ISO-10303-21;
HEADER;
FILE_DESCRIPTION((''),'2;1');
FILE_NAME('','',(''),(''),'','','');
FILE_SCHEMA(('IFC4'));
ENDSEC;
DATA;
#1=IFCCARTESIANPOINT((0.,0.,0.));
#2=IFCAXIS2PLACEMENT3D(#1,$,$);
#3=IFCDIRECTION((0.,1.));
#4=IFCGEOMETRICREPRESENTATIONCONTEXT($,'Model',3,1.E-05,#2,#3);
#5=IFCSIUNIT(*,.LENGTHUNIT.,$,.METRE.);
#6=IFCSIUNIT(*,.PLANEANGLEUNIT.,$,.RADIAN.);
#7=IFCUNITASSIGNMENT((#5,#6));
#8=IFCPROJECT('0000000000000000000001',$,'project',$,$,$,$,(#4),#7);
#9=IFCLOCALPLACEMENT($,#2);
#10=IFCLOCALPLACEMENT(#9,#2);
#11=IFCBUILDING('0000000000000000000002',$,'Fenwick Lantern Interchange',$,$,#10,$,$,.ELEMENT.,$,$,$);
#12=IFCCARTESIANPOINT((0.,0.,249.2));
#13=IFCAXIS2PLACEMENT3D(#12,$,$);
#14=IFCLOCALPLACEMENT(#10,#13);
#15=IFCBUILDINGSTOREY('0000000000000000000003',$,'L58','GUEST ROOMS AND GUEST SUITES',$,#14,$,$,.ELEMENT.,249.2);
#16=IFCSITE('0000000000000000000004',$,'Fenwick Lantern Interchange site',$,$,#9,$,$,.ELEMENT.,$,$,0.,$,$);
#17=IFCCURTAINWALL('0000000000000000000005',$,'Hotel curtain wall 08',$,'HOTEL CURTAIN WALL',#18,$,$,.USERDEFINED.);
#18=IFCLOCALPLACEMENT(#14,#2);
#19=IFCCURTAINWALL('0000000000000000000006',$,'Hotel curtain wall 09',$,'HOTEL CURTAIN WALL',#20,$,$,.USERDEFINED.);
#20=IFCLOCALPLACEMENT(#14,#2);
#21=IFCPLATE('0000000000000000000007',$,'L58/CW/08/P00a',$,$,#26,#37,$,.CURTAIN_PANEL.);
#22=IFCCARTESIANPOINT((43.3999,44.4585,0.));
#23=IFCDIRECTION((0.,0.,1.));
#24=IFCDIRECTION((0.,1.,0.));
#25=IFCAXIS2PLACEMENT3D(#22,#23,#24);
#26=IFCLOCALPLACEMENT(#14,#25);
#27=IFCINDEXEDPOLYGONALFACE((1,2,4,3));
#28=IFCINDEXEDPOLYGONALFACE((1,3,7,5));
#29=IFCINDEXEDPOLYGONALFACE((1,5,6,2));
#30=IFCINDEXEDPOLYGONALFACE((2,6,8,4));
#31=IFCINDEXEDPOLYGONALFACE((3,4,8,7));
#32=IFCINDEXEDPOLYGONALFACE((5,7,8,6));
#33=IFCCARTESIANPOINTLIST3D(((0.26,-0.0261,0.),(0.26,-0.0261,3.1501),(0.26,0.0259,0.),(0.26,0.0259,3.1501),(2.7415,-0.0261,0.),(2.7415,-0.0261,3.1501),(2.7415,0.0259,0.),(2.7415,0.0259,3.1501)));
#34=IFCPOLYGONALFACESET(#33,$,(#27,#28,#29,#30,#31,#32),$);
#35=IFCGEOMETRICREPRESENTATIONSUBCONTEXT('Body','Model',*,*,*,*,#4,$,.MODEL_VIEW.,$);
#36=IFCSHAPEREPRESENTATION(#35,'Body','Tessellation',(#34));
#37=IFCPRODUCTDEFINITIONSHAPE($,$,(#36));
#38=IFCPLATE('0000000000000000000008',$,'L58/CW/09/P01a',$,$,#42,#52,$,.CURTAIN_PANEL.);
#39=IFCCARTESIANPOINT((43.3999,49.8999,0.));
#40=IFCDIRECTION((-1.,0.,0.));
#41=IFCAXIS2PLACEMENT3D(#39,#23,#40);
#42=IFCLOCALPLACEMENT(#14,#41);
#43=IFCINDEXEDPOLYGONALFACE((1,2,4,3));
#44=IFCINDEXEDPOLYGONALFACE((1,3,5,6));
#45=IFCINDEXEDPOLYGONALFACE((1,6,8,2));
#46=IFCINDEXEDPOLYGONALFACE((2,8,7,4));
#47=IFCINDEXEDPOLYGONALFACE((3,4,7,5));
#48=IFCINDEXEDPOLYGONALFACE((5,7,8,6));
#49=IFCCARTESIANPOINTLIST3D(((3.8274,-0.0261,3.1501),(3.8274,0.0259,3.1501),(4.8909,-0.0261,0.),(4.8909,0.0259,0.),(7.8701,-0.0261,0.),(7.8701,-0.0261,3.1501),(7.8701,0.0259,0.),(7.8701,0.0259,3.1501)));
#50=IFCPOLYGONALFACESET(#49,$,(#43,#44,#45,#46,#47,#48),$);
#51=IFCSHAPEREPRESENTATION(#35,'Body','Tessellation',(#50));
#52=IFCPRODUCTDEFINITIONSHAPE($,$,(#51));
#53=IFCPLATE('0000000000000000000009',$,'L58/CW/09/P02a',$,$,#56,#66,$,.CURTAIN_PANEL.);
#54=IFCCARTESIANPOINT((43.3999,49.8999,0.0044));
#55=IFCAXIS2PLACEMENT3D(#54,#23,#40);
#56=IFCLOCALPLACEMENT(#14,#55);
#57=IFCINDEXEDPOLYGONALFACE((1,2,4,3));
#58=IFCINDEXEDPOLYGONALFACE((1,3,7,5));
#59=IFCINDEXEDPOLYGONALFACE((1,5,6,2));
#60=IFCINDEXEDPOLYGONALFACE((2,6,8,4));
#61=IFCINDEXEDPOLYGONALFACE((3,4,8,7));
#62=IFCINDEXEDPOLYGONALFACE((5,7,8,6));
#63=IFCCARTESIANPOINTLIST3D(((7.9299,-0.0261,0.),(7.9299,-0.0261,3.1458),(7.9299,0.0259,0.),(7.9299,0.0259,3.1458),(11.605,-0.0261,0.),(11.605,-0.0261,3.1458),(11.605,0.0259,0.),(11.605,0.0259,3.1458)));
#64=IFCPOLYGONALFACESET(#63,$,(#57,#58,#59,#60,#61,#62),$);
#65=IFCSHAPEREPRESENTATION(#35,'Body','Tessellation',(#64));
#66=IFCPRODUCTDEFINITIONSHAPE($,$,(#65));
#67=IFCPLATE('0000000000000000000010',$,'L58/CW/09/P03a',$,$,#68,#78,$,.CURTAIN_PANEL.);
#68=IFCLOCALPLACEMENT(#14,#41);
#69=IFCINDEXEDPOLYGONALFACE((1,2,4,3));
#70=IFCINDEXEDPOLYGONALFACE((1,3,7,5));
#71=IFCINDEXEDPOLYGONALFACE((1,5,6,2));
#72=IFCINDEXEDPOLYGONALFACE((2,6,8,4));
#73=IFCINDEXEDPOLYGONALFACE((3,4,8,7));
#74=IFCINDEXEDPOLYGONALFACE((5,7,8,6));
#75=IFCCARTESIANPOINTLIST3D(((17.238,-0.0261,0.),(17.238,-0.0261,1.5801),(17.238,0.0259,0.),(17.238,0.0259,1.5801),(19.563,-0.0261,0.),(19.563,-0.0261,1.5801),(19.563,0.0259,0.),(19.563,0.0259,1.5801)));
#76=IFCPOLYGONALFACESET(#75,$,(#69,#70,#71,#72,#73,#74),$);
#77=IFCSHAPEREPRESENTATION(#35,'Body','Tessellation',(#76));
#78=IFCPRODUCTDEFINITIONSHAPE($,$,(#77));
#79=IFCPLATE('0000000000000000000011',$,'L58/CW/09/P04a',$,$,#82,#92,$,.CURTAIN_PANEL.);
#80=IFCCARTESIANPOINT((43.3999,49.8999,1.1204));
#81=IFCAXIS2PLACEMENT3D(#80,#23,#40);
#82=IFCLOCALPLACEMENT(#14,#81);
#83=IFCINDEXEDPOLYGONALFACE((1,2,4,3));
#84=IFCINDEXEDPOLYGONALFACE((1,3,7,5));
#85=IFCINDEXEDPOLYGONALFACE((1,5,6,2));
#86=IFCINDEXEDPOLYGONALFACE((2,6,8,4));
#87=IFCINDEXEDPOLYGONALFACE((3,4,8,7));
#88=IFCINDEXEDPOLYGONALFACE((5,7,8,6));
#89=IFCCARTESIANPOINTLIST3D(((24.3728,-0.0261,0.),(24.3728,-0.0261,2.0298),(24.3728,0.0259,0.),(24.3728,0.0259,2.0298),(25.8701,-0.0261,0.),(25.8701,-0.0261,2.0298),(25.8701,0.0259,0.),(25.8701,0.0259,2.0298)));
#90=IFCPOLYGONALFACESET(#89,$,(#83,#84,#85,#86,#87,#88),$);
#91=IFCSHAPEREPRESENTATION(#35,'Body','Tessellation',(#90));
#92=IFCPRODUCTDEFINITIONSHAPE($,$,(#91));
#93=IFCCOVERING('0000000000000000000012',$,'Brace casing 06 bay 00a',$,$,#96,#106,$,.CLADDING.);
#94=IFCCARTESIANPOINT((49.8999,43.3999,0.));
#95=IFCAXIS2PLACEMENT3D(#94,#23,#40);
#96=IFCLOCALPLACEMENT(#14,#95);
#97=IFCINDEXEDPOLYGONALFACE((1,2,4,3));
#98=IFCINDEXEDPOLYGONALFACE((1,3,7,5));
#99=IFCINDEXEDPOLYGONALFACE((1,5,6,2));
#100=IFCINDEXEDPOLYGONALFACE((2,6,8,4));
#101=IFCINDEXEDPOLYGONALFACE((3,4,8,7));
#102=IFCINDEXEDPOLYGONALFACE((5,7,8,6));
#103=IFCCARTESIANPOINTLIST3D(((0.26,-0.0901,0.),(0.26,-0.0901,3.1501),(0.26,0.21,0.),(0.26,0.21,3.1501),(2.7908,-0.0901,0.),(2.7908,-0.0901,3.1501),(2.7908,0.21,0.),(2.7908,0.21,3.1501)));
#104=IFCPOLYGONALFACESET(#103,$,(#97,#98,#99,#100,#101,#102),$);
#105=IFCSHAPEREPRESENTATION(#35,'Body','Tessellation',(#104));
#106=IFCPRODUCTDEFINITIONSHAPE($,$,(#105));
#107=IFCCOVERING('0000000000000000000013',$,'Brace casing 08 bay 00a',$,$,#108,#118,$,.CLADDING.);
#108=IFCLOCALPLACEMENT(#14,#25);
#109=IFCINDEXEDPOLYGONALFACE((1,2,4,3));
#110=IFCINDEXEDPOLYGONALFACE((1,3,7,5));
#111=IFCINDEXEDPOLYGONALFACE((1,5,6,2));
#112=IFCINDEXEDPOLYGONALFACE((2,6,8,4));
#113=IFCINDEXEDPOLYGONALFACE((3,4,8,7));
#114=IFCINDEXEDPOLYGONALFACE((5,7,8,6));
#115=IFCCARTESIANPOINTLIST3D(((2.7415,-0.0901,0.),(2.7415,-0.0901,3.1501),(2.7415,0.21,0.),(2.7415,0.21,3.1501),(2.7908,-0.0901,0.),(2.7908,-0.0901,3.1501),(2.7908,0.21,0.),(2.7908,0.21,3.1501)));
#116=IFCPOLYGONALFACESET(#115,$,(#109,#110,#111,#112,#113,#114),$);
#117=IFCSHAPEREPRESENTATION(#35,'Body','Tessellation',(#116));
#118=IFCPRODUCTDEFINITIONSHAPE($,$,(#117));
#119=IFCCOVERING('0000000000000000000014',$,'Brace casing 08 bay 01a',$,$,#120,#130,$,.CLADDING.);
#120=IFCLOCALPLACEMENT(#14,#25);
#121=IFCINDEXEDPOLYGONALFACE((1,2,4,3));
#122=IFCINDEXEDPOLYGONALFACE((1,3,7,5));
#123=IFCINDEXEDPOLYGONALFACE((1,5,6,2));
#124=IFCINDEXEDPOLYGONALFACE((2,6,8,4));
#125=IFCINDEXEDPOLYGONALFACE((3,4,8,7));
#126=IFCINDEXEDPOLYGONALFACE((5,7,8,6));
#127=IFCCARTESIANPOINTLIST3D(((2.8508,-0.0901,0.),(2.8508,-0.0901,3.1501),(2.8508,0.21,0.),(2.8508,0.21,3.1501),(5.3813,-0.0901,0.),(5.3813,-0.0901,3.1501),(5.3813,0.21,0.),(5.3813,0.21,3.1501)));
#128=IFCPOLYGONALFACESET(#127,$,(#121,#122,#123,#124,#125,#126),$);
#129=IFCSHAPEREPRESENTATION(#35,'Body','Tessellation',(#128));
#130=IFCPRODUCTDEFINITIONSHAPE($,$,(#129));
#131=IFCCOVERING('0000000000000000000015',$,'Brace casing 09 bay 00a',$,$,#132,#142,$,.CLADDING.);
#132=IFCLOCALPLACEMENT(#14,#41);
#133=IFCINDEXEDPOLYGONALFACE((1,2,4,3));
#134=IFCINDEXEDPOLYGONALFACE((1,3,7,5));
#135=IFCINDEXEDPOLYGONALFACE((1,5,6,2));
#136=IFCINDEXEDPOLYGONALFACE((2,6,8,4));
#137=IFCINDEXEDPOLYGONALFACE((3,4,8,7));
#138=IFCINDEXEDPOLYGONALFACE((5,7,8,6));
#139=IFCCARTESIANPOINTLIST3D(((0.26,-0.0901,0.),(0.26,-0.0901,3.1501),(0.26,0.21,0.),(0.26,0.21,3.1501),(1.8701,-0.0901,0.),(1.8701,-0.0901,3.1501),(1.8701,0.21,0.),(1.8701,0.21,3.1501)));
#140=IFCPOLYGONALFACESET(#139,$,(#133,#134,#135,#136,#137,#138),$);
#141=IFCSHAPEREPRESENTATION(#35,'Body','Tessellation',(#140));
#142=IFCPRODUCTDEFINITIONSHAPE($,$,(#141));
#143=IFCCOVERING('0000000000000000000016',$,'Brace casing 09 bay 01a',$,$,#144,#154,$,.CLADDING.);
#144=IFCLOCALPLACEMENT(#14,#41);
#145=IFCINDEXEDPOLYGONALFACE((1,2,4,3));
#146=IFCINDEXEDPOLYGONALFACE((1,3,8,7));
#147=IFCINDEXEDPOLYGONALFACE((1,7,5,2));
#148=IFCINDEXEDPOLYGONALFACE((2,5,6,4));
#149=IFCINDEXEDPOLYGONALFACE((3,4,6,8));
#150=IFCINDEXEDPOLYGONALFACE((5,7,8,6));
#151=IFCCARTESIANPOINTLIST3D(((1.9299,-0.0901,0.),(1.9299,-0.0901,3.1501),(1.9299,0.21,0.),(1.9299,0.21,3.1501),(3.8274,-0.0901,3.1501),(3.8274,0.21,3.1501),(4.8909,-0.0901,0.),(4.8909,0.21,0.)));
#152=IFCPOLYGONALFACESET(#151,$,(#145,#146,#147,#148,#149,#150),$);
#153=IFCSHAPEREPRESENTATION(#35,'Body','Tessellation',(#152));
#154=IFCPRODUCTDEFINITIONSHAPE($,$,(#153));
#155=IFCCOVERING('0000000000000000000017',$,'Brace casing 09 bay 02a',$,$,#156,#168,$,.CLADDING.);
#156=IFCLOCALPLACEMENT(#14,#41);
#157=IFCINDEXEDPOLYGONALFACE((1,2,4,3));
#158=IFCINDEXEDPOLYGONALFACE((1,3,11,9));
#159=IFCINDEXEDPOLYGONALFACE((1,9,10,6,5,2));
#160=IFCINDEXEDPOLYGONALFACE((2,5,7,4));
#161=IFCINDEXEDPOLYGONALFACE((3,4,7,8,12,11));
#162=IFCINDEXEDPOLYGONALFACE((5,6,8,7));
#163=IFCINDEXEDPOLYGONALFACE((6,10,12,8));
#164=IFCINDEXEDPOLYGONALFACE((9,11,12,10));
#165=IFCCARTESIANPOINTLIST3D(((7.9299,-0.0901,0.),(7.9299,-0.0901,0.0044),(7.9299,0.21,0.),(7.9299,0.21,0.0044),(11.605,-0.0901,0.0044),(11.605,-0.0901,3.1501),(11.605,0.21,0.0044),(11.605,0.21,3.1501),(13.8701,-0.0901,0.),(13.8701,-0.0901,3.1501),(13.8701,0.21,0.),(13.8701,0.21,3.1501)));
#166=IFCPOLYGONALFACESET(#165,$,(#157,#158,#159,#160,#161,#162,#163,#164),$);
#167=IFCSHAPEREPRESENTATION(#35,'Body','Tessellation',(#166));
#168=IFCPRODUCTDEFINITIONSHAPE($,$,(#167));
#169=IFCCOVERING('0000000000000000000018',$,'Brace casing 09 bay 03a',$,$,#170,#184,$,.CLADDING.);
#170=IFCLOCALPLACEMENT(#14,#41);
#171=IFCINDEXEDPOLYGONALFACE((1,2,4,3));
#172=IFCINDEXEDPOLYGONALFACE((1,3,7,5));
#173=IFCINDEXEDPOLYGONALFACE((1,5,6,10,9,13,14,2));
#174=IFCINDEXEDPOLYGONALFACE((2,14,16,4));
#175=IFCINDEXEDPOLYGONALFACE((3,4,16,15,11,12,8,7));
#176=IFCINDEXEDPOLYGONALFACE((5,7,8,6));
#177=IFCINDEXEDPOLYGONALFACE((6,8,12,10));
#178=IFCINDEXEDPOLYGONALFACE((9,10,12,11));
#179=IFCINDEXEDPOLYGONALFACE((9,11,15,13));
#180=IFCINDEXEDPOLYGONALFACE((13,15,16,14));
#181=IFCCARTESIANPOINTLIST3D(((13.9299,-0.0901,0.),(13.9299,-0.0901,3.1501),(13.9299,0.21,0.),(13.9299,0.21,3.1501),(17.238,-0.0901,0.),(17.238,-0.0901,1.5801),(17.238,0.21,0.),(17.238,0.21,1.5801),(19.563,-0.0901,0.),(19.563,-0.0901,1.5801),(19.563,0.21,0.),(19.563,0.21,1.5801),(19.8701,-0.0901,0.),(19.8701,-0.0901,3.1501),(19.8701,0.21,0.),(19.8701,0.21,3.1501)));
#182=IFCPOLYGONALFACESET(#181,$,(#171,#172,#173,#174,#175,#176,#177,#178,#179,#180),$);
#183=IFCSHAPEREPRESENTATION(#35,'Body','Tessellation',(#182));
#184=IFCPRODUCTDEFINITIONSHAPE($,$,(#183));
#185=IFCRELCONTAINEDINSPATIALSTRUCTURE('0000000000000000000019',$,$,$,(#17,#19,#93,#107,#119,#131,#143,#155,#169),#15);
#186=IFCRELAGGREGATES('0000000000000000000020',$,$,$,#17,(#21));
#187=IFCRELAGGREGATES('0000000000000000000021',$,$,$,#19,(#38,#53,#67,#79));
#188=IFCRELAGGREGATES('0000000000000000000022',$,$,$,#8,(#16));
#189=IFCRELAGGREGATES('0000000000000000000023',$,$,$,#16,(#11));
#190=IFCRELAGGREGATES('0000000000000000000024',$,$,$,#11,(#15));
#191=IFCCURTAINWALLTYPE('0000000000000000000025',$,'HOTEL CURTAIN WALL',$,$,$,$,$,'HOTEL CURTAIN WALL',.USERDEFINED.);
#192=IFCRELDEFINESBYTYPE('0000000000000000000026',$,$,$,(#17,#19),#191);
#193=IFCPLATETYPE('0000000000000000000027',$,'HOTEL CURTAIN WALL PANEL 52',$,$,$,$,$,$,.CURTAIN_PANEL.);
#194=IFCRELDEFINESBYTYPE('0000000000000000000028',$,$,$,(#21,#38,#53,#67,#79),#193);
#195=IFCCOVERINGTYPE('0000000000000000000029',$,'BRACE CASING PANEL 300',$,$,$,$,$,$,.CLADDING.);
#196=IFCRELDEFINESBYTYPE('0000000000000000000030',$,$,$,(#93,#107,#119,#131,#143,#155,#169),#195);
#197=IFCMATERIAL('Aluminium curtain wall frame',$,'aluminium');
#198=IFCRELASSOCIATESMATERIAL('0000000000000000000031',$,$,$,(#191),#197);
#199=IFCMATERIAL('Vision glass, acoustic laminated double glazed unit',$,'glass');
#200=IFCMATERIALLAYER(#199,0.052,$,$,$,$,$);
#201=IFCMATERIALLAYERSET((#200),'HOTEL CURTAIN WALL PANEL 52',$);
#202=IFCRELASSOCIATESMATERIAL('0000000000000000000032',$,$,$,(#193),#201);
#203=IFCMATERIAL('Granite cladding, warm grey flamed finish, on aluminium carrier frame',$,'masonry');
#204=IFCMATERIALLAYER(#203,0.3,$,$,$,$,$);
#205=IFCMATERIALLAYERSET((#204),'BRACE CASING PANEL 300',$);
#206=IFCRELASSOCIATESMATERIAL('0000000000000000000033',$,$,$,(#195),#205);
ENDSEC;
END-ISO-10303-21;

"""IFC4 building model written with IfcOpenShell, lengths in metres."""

from ifc_helpers import new_model, si_unit, direction, frame, origin, place, context, subcontext, project, spatial, polyline, outline, extrude, material, layer, layer_set, type_object, element, aggregate, save


model = new_model("IFC4")

# Units and contexts
model_context = context("Model", 3, precision=1e-05, world=origin(), true_north=direction((0.0, 1.0)))
body_context = subcontext(model_context, "Body", "Model", "MODEL_VIEW")
ifc_project = project(units=[si_unit("LENGTHUNIT", "METRE"), si_unit("PLANEANGLEUNIT", "RADIAN")], contexts=[model_context])

# Site, building, storey
site_placement = place(None, origin())
site = spatial("IfcSite", under=ifc_project, at=site_placement, Name="Fenwick Lantern Interchange site", CompositionType="ELEMENT", RefElevation=0.0)
building_placement = place(site_placement, origin())
building = spatial("IfcBuilding", under=site, at=building_placement, Name="Fenwick Lantern Interchange", CompositionType="ELEMENT")
storey_placement = place(building_placement, frame((0.0, 0.0, 249.2)))
storey = spatial("IfcBuildingStorey", under=building, at=storey_placement, Name="L58", Description="GUEST ROOMS AND GUEST SUITES", CompositionType="ELEMENT", Elevation=249.2)

# Curtain walls
ifc_material_1 = material(Name="Aluminium curtain wall frame", Category="aluminium")
curtain_wall_type = type_object("IfcCurtainWallType", Name="HOTEL CURTAIN WALL", ElementType="HOTEL CURTAIN WALL", PredefinedType="USERDEFINED", material=ifc_material_1)
curtain_wall_1_placement = place(storey_placement, origin())
curtain_wall_1 = element("IfcCurtainWall", 1, at=curtain_wall_1_placement, inside=storey, type_object=curtain_wall_type, Name="Hotel curtain wall 08", ObjectType="HOTEL CURTAIN WALL", PredefinedType="USERDEFINED")
curtain_wall_2_placement = place(storey_placement, origin())
curtain_wall_2 = element("IfcCurtainWall", 2, at=curtain_wall_2_placement, inside=storey, type_object=curtain_wall_type, Name="Hotel curtain wall 09", ObjectType="HOTEL CURTAIN WALL", PredefinedType="USERDEFINED")

# Plates
ifc_material_2 = material(Name="Vision glass, acoustic laminated double glazed unit", Category="glass")
ifc_layer_1 = layer(ifc_material_2, 0.052)
ifc_layer_set_1 = layer_set([ifc_layer_1], Name="HOTEL CURTAIN WALL PANEL 52")
plate_type = type_object("IfcPlateType", Name="HOTEL CURTAIN WALL PANEL 52", PredefinedType="CURTAIN_PANEL", material=ifc_layer_set_1)
plate_1_placement = place(storey_placement, frame((43.3999, 44.4585, 0.0), z_axis=(0.0, 0.0, 1.0), x_axis=(0.0, 1.0, 0.0)))
plate_1 = element("IfcPlate", 3, at=plate_1_placement, type_object=plate_type, Name="L58/CW/08/P00a", PredefinedType="CURTAIN_PANEL", context=body_context, shape_type="SweptSolid", body=[
    extrude(outline(polyline([(0.26, 0.0), (2.7415, 0.0), (2.7415, 3.1501), (0.26, 3.1501), (0.26, 0.0)])), frame((0.0, 0.0259, 0.0), z_axis=(0.0, -1.0, 0.0), x_axis=(1.0, 0.0, 0.0)), (0.0, 0.0, 1.0), 0.052),
])
aggregate(curtain_wall_1, [plate_1])
plate_2_placement = place(storey_placement, frame((43.3999, 49.8999, 0.0), z_axis=(0.0, 0.0, 1.0), x_axis=(-1.0, 0.0, 0.0)))
plate_2 = element("IfcPlate", 4, at=plate_2_placement, type_object=plate_type, Name="L58/CW/09/P01a", PredefinedType="CURTAIN_PANEL", context=body_context, shape_type="SweptSolid", body=[
    extrude(outline(polyline([(4.8909, 0.0), (7.8701, 0.0), (7.8701, 3.1501), (3.8274, 3.1501), (4.8909, 0.0)])), frame((0.0, 0.0259, 0.0), z_axis=(0.0, -1.0, 0.0), x_axis=(1.0, 0.0, 0.0)), (0.0, 0.0, 1.0), 0.052),
])
plate_3_placement = place(storey_placement, frame((43.3999, 49.8999, 0.0044), z_axis=(0.0, 0.0, 1.0), x_axis=(-1.0, 0.0, 0.0)))
plate_3 = element("IfcPlate", 5, at=plate_3_placement, type_object=plate_type, Name="L58/CW/09/P02a", PredefinedType="CURTAIN_PANEL", context=body_context, shape_type="SweptSolid", body=[
    extrude(outline(polyline([(7.9299, 0.0), (11.605, 0.0), (11.605, 3.1458), (7.9299, 3.1458), (7.9299, 0.0)])), frame((0.0, 0.0259, 0.0), z_axis=(0.0, -1.0, 0.0), x_axis=(1.0, 0.0, 0.0)), (0.0, 0.0, 1.0), 0.052),
])
plate_4_placement = place(storey_placement, frame((43.3999, 49.8999, 0.0), z_axis=(0.0, 0.0, 1.0), x_axis=(-1.0, 0.0, 0.0)))
plate_4 = element("IfcPlate", 6, at=plate_4_placement, type_object=plate_type, Name="L58/CW/09/P03a", PredefinedType="CURTAIN_PANEL", context=body_context, shape_type="SweptSolid", body=[
    extrude(outline(polyline([(17.238, 0.0), (19.563, 0.0), (19.563, 1.5801), (17.238, 1.5801), (17.238, 0.0)])), frame((0.0, 0.0259, 0.0), z_axis=(0.0, -1.0, 0.0), x_axis=(1.0, 0.0, 0.0)), (0.0, 0.0, 1.0), 0.052),
])
plate_5_placement = place(storey_placement, frame((43.3999, 49.8999, 1.1204), z_axis=(0.0, 0.0, 1.0), x_axis=(-1.0, 0.0, 0.0)))
plate_5 = element("IfcPlate", 7, at=plate_5_placement, type_object=plate_type, Name="L58/CW/09/P04a", PredefinedType="CURTAIN_PANEL", context=body_context, shape_type="SweptSolid", body=[
    extrude(outline(polyline([(24.3728, 0.0), (25.8701, 0.0), (25.8701, 2.0298), (24.3728, 2.0298), (24.3728, 0.0)])), frame((0.0, 0.0259, 0.0), z_axis=(0.0, -1.0, 0.0), x_axis=(1.0, 0.0, 0.0)), (0.0, 0.0, 1.0), 0.052),
])
aggregate(curtain_wall_2, [plate_2, plate_3, plate_4, plate_5])

# Coverings
ifc_material_3 = material(Name="Granite cladding, warm grey flamed finish, on aluminium carrier frame", Category="masonry")
ifc_layer_2 = layer(ifc_material_3, 0.3)
ifc_layer_set_2 = layer_set([ifc_layer_2], Name="BRACE CASING PANEL 300")
covering_type = type_object("IfcCoveringType", Name="BRACE CASING PANEL 300", PredefinedType="CLADDING", material=ifc_layer_set_2)
covering_1_placement = place(storey_placement, frame((49.8999, 43.3999, 0.0), z_axis=(0.0, 0.0, 1.0), x_axis=(-1.0, 0.0, 0.0)))
element("IfcCovering", 8, at=covering_1_placement, inside=storey, type_object=covering_type, Name="Brace casing 06 bay 00a", PredefinedType="CLADDING", context=body_context, shape_type="SweptSolid", body=[
    extrude(outline(polyline([(0.26, 0.0), (2.7908, 0.0), (2.7908, 3.1501), (0.26, 3.1501), (0.26, 0.0)])), frame((0.0, 0.21, 0.0), z_axis=(0.0, -1.0, 0.0), x_axis=(1.0, 0.0, 0.0)), (0.0, 0.0, 1.0), 0.3),
])
covering_2_placement = place(storey_placement, frame((43.3999, 44.4585, 0.0), z_axis=(0.0, 0.0, 1.0), x_axis=(0.0, 1.0, 0.0)))
element("IfcCovering", 9, at=covering_2_placement, inside=storey, type_object=covering_type, Name="Brace casing 08 bay 00a", PredefinedType="CLADDING", context=body_context, shape_type="SweptSolid", body=[
    extrude(outline(polyline([(2.7415, 0.0), (2.7908, 0.0), (2.7908, 3.1501), (2.7415, 3.1501), (2.7415, 0.0)])), frame((0.0, 0.21, 0.0), z_axis=(0.0, -1.0, 0.0), x_axis=(1.0, 0.0, 0.0)), (0.0, 0.0, 1.0), 0.3),
])
covering_3_placement = place(storey_placement, frame((43.3999, 44.4585, 0.0), z_axis=(0.0, 0.0, 1.0), x_axis=(0.0, 1.0, 0.0)))
element("IfcCovering", 10, at=covering_3_placement, inside=storey, type_object=covering_type, Name="Brace casing 08 bay 01a", PredefinedType="CLADDING", context=body_context, shape_type="SweptSolid", body=[
    extrude(outline(polyline([(2.8508, 0.0), (5.3813, 0.0), (5.3813, 3.1501), (2.8508, 3.1501), (2.8508, 0.0)])), frame((0.0, 0.21, 0.0), z_axis=(0.0, -1.0, 0.0), x_axis=(1.0, 0.0, 0.0)), (0.0, 0.0, 1.0), 0.3),
])
covering_4_placement = place(storey_placement, frame((43.3999, 49.8999, 0.0), z_axis=(0.0, 0.0, 1.0), x_axis=(-1.0, 0.0, 0.0)))
element("IfcCovering", 11, at=covering_4_placement, inside=storey, type_object=covering_type, Name="Brace casing 09 bay 00a", PredefinedType="CLADDING", context=body_context, shape_type="SweptSolid", body=[
    extrude(outline(polyline([(0.26, 0.0), (1.8701, 0.0), (1.8701, 3.1501), (0.26, 3.1501), (0.26, 0.0)])), frame((0.0, 0.21, 0.0), z_axis=(0.0, -1.0, 0.0), x_axis=(1.0, 0.0, 0.0)), (0.0, 0.0, 1.0), 0.3),
])
covering_5_placement = place(storey_placement, frame((43.3999, 49.8999, 0.0), z_axis=(0.0, 0.0, 1.0), x_axis=(-1.0, 0.0, 0.0)))
element("IfcCovering", 12, at=covering_5_placement, inside=storey, type_object=covering_type, Name="Brace casing 09 bay 01a", PredefinedType="CLADDING", context=body_context, shape_type="SweptSolid", body=[
    extrude(outline(polyline([(1.9299, 0.0), (4.8909, 0.0), (3.8274, 3.1501), (1.9299, 3.1501), (1.9299, 0.0)])), frame((0.0, 0.21, 0.0), z_axis=(0.0, -1.0, 0.0), x_axis=(1.0, 0.0, 0.0)), (0.0, 0.0, 1.0), 0.3),
])
covering_6_placement = place(storey_placement, frame((43.3999, 49.8999, 0.0), z_axis=(0.0, 0.0, 1.0), x_axis=(-1.0, 0.0, 0.0)))
element("IfcCovering", 13, at=covering_6_placement, inside=storey, type_object=covering_type, Name="Brace casing 09 bay 02a", PredefinedType="CLADDING", context=body_context, shape_type="SweptSolid", body=[
    extrude(outline(polyline([(7.9299, 0.0), (13.8701, 0.0), (13.8701, 3.1501), (11.605, 3.1501), (11.605, 0.0044), (7.9299, 0.0044), (7.9299, 0.0)])), frame((0.0, 0.21, 0.0), z_axis=(0.0, -1.0, 0.0), x_axis=(1.0, 0.0, 0.0)), (0.0, 0.0, 1.0), 0.3),
])
covering_7_placement = place(storey_placement, frame((43.3999, 49.8999, 0.0), z_axis=(0.0, 0.0, 1.0), x_axis=(-1.0, 0.0, 0.0)))
element("IfcCovering", 14, at=covering_7_placement, inside=storey, type_object=covering_type, Name="Brace casing 09 bay 03a", PredefinedType="CLADDING", context=body_context, shape_type="SweptSolid", body=[
    extrude(outline(polyline([(13.9299, 0.0), (17.238, 0.0), (17.238, 1.5801), (19.563, 1.5801), (19.563, 0.0), (19.8701, 0.0), (19.8701, 3.1501), (13.9299, 3.1501), (13.9299, 0.0)])), frame((0.0, 0.21, 0.0), z_axis=(0.0, -1.0, 0.0), x_axis=(1.0, 0.0, 0.0)), (0.0, 0.0, 1.0), 0.3),
])

save(model, "model.ifc")
